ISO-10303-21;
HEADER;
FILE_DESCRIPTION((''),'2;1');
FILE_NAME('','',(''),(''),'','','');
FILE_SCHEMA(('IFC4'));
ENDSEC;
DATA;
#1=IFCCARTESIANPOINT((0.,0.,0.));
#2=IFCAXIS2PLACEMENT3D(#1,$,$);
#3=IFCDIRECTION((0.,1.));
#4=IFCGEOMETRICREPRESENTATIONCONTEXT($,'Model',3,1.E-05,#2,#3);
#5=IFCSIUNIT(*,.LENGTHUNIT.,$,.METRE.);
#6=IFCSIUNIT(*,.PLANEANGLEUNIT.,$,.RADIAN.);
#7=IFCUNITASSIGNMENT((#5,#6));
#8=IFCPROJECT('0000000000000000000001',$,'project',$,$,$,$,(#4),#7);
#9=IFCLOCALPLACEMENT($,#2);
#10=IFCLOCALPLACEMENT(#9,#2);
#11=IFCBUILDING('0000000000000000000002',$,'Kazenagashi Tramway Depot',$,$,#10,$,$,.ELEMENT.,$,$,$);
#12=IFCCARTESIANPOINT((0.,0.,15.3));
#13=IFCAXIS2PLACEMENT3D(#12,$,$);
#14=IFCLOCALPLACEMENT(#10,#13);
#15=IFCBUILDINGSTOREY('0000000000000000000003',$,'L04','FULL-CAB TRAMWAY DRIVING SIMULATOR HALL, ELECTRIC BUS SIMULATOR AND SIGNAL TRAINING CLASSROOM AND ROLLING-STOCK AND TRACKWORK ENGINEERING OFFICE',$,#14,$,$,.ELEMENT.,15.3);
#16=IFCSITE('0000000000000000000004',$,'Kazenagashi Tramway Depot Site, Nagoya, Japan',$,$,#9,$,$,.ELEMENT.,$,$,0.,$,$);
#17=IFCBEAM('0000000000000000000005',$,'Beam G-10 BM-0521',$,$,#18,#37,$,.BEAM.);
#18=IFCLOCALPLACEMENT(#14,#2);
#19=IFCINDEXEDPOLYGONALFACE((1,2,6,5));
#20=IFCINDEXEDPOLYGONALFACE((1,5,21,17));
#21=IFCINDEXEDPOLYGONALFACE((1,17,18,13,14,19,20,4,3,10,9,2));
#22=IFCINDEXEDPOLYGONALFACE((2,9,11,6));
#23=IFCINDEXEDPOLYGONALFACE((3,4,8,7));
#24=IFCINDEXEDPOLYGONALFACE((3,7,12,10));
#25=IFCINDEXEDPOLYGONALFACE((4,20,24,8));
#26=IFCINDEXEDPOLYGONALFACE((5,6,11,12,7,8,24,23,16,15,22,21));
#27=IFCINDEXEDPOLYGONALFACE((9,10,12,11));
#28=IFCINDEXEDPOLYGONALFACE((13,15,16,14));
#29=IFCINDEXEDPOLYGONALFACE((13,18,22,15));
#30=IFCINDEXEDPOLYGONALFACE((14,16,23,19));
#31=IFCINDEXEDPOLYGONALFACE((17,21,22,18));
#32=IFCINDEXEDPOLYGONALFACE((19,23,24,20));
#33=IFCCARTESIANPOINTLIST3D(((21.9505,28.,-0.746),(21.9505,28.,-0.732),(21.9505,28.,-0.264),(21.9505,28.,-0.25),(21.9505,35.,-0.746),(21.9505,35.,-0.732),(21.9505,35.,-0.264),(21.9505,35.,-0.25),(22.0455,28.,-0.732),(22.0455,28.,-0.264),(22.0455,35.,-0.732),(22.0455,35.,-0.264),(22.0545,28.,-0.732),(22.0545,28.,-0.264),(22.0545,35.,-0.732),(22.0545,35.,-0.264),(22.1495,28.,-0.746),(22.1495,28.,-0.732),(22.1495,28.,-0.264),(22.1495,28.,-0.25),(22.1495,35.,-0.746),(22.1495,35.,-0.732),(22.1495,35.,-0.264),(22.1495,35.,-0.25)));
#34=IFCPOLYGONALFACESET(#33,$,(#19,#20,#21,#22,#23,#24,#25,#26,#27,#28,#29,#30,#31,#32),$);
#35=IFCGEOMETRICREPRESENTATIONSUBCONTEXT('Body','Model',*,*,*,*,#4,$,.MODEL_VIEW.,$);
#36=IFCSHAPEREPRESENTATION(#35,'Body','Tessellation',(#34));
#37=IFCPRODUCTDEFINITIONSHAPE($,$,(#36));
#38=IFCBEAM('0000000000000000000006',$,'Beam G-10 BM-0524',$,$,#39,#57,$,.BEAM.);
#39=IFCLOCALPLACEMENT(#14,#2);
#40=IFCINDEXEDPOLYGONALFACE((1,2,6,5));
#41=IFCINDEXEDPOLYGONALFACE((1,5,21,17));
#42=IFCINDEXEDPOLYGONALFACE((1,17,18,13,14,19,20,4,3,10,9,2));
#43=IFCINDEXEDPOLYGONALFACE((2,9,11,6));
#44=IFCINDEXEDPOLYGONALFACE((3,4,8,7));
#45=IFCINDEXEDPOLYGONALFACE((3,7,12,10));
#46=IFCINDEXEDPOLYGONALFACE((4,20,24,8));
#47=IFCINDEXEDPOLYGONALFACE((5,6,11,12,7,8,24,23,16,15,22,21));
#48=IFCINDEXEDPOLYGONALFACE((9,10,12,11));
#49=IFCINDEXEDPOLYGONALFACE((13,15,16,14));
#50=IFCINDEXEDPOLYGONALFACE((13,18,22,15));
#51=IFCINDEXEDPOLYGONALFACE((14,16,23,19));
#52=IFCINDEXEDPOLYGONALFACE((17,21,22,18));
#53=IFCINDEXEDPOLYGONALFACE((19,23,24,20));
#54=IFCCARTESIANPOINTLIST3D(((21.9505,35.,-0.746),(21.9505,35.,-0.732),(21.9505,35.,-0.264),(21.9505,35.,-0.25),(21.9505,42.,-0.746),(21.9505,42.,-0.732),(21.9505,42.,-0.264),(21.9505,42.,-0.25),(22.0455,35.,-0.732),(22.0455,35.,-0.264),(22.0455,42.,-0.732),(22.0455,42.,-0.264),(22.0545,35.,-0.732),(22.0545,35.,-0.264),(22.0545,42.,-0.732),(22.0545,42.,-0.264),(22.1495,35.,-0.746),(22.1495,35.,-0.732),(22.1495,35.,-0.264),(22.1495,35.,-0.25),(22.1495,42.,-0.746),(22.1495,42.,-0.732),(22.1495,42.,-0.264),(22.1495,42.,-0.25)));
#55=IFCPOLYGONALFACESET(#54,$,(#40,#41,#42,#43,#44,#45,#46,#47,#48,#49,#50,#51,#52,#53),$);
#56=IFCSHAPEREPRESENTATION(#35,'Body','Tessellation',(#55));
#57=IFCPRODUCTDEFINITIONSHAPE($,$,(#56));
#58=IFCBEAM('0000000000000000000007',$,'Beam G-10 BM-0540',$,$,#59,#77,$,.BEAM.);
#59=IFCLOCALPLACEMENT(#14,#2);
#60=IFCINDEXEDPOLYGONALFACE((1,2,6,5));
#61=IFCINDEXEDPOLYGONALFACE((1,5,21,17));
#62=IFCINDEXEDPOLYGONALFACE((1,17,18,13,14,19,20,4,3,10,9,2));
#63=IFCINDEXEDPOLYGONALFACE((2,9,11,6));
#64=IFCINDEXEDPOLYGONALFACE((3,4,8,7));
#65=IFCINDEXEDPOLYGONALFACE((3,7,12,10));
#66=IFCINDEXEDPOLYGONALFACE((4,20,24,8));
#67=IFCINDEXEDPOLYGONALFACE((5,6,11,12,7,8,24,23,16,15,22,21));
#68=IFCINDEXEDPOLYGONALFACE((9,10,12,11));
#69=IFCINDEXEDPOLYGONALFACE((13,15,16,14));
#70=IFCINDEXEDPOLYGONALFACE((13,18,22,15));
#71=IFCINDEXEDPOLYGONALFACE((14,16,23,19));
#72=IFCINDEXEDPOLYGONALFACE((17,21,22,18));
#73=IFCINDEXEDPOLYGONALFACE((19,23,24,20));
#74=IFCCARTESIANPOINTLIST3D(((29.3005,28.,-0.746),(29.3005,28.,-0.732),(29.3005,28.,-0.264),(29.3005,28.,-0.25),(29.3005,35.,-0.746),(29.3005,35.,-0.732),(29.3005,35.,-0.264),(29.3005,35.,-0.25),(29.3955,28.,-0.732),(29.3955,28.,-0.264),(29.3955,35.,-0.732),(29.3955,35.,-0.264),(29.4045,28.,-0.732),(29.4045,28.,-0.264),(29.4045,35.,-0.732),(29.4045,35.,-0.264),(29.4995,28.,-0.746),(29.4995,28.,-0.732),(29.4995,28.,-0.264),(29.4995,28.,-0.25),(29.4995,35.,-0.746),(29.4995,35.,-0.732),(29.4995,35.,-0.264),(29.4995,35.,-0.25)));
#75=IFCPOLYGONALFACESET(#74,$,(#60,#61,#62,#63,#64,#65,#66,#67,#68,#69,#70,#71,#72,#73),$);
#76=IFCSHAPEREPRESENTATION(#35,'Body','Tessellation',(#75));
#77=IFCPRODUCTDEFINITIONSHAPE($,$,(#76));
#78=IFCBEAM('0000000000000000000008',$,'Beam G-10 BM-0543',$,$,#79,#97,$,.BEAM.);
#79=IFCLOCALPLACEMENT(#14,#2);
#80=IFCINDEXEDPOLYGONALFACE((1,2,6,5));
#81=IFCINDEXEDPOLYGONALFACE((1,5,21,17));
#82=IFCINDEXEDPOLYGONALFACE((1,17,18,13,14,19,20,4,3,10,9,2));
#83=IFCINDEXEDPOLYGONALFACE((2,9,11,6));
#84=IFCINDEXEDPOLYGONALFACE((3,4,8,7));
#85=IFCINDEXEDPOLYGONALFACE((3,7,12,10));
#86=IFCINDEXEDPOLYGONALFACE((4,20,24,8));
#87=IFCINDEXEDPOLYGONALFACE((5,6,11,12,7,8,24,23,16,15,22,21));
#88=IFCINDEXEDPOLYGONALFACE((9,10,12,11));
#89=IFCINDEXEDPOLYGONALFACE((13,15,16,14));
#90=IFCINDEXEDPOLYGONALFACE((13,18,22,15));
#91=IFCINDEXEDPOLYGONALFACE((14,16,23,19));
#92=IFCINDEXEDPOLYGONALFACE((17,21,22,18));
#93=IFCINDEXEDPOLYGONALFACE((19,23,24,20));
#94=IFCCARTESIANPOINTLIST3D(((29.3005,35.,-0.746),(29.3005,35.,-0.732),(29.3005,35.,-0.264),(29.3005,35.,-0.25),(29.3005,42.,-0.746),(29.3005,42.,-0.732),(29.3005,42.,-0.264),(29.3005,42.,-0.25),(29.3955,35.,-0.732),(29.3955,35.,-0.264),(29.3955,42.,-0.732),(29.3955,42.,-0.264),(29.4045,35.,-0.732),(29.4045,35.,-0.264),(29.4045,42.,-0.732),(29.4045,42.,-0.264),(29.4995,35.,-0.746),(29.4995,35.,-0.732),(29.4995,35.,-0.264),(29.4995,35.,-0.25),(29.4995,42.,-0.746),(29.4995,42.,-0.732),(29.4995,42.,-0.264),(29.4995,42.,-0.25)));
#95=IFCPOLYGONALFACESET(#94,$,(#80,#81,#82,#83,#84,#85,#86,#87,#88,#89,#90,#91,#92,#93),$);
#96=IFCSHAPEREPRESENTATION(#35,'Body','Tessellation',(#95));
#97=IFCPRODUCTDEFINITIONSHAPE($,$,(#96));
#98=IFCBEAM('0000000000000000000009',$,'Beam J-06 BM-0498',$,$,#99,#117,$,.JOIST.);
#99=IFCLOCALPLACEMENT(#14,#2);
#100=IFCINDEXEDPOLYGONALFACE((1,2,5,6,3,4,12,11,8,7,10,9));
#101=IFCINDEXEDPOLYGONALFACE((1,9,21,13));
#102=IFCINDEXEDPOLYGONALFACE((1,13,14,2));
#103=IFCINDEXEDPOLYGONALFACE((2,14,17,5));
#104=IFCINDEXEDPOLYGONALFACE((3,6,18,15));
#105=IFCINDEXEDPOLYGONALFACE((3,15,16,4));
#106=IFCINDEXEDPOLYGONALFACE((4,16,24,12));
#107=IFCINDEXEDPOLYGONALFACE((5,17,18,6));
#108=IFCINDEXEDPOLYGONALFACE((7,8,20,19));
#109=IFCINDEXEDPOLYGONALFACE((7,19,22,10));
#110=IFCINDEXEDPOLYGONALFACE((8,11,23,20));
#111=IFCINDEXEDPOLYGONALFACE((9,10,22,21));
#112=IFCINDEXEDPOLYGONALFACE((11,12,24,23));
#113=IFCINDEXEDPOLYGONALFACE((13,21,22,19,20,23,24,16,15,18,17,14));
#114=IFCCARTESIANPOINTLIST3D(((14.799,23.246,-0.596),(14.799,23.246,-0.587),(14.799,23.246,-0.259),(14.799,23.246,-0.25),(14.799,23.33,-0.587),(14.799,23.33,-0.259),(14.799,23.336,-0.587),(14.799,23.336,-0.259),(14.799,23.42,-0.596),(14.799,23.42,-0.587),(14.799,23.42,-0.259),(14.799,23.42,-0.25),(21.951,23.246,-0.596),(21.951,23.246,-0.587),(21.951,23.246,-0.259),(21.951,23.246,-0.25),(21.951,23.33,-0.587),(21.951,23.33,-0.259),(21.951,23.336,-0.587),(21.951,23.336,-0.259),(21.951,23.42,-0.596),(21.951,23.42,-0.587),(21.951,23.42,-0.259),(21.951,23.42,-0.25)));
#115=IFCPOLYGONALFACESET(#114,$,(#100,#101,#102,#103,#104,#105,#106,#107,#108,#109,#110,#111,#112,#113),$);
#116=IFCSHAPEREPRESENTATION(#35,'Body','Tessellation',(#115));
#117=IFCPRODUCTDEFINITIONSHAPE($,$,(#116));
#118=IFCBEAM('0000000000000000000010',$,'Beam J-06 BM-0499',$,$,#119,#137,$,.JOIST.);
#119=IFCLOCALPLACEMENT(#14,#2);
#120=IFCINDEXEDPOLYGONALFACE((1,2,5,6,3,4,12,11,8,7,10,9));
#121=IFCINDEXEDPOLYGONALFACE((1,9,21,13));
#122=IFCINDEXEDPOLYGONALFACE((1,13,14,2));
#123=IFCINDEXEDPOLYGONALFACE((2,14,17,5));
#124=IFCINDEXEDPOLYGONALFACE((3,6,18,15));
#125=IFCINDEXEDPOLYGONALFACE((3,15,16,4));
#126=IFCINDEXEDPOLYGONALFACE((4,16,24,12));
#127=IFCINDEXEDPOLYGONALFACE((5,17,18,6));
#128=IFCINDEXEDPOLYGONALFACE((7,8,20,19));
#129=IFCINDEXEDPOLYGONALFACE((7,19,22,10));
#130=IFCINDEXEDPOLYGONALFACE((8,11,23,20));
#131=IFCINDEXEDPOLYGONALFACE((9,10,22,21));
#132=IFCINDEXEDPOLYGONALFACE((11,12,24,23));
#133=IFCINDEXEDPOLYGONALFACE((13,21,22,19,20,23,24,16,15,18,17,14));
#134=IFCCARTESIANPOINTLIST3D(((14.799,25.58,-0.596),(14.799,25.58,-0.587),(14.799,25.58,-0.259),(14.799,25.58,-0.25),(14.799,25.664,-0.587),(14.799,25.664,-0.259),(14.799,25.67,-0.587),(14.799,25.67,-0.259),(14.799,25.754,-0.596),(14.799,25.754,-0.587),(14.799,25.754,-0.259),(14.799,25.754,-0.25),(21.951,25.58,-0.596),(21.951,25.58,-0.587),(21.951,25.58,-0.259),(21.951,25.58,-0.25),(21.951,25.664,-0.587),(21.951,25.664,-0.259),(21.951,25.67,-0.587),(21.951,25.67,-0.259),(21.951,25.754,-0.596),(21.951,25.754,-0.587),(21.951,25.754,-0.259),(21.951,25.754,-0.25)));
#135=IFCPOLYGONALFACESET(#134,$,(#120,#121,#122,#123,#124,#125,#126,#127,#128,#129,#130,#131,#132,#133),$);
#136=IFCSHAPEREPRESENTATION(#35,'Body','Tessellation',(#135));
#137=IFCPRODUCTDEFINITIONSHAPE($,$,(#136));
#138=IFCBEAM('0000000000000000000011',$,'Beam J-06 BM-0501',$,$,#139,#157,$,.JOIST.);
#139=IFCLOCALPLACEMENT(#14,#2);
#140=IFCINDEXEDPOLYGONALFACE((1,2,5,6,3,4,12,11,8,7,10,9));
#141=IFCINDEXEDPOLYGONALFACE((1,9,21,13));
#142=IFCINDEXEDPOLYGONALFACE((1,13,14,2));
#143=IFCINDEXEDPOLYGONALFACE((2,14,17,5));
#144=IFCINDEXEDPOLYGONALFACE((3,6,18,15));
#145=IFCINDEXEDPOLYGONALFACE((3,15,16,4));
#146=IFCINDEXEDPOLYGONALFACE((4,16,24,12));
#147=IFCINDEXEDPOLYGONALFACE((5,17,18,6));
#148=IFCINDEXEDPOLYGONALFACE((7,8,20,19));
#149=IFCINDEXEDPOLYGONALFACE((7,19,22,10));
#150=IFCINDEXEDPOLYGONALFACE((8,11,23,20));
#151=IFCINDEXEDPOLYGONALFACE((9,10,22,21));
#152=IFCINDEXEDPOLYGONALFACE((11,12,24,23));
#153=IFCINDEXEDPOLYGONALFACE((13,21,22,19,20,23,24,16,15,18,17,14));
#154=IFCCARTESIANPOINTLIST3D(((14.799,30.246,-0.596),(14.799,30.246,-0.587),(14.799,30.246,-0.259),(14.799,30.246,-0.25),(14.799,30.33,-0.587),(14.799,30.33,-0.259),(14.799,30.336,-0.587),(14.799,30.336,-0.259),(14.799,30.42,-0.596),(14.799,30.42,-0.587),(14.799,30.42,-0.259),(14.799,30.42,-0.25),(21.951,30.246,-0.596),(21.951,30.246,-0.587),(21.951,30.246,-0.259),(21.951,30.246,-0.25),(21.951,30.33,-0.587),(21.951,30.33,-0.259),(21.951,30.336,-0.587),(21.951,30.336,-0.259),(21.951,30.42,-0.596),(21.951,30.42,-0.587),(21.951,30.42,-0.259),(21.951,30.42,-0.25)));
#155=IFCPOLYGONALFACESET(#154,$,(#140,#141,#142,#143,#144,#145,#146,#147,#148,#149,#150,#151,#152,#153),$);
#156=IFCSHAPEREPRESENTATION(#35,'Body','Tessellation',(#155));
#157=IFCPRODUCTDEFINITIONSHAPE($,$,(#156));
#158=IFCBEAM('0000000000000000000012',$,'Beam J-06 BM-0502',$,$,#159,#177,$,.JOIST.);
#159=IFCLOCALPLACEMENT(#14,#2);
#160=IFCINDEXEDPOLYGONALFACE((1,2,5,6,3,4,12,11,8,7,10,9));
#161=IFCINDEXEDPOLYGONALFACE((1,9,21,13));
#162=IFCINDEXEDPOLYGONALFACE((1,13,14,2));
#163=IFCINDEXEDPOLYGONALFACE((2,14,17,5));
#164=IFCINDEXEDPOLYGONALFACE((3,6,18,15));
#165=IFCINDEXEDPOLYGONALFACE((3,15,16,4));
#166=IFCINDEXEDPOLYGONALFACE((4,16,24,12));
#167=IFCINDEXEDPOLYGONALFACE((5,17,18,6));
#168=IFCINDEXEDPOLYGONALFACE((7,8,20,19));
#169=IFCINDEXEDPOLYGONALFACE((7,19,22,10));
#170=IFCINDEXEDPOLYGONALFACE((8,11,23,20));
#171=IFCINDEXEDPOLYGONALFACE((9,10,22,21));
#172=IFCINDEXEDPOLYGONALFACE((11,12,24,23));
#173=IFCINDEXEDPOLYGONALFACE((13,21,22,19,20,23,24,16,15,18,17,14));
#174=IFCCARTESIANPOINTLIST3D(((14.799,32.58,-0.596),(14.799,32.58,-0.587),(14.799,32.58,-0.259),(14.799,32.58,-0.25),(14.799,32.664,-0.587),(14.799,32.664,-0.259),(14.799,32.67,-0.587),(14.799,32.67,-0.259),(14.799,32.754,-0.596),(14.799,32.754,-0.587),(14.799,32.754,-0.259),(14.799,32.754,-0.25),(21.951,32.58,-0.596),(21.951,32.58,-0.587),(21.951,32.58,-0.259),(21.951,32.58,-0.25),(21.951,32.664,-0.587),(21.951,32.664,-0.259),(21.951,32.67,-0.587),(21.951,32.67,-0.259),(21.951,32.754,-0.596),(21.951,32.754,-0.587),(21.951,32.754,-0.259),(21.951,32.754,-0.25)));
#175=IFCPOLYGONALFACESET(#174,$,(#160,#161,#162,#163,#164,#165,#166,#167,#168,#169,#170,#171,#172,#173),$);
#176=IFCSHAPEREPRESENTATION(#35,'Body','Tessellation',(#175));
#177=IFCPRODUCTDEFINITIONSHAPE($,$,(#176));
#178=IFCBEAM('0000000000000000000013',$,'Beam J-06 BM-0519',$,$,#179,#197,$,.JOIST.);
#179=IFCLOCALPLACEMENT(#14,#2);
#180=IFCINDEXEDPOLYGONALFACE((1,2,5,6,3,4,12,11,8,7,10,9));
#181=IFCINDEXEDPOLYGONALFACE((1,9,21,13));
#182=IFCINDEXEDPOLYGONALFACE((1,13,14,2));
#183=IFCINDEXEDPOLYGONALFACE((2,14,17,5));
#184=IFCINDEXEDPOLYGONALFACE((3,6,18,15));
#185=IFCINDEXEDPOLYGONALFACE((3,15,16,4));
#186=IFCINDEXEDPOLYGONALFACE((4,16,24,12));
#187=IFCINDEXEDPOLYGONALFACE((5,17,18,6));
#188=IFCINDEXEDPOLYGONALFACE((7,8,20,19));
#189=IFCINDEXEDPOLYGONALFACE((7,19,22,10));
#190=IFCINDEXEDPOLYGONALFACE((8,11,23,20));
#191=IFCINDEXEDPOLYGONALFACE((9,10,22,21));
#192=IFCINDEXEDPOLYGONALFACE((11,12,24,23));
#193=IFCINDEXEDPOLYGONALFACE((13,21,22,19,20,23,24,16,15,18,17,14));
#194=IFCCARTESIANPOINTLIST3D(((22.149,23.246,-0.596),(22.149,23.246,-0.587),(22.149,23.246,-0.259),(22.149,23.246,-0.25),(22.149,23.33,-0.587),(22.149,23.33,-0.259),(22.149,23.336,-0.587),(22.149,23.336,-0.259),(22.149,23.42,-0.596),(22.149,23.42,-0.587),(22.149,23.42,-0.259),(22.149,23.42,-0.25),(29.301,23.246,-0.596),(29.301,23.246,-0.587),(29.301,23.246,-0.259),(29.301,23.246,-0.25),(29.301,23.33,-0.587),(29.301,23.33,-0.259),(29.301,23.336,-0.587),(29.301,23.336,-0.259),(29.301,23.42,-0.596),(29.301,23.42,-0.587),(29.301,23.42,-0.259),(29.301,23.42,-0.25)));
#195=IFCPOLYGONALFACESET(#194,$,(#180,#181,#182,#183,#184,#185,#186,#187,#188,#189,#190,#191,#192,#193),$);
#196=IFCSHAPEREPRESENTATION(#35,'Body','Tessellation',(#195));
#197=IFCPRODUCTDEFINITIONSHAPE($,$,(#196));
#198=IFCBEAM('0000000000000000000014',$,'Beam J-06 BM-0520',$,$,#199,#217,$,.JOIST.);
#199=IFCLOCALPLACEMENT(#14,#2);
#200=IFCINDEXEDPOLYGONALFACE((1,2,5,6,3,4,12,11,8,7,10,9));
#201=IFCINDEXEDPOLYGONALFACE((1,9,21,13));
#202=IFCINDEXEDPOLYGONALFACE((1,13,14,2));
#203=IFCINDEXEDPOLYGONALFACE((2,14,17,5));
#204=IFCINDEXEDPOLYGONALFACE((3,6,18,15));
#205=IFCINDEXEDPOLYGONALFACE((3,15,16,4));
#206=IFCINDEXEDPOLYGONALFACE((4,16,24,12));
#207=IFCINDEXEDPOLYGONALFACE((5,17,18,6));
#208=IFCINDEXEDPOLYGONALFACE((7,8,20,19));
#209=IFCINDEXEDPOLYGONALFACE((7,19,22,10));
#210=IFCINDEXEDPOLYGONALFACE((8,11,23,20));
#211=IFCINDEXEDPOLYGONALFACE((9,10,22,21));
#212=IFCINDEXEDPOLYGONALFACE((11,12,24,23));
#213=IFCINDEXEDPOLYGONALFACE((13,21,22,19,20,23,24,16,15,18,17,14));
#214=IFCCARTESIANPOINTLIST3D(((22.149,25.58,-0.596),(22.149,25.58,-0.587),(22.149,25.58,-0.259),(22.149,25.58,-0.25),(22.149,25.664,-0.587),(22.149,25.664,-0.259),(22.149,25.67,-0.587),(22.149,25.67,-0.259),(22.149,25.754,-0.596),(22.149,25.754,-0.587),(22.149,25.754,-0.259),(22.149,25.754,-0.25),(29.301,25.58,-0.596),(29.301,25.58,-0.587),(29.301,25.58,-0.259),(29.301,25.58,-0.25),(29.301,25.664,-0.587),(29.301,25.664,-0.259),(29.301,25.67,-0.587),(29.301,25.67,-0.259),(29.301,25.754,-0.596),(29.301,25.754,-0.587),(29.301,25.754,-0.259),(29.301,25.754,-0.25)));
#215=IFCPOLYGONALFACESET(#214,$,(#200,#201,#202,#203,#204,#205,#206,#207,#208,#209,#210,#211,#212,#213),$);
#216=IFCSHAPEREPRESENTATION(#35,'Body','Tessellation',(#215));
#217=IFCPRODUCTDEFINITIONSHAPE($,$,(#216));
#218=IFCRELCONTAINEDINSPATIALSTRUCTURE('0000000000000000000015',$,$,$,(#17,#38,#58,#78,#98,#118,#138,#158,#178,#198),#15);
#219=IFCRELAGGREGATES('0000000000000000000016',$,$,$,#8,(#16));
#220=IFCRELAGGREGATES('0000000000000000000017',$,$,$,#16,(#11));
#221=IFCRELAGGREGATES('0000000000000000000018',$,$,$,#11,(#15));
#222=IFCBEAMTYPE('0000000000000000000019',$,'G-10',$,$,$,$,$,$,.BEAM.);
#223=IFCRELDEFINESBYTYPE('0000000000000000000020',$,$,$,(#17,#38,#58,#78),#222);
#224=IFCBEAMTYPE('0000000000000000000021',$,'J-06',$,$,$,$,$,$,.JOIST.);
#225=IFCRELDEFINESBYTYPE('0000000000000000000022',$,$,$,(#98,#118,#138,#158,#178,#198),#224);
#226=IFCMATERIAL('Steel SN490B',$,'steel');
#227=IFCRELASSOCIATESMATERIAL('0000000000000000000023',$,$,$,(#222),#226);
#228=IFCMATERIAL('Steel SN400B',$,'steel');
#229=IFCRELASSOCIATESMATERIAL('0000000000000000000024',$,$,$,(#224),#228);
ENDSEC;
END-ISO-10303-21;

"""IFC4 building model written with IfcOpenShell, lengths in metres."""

from ifc_helpers import new_model, si_unit, direction, frame, origin, origin_2d, place, context, subcontext, project, spatial, i_section, extrude, material, material_profile, profile_set, type_object, element, save


model = new_model("IFC4")

# Units and contexts
model_context = context("Model", 3, precision=1e-05, world=origin(), true_north=direction((0.0, 1.0)))
body_context = subcontext(model_context, "Body", "Model", "MODEL_VIEW")
ifc_project = project(units=[si_unit("LENGTHUNIT", "METRE"), si_unit("PLANEANGLEUNIT", "RADIAN")], contexts=[model_context])

# Site, building, storey
site_placement = place(None, origin())
site = spatial("IfcSite", under=ifc_project, at=site_placement, Name="Kazenagashi Tramway Depot Site, Nagoya, Japan", CompositionType="ELEMENT", RefElevation=0.0)
building_placement = place(site_placement, origin())
building = spatial("IfcBuilding", under=site, at=building_placement, Name="Kazenagashi Tramway Depot", CompositionType="ELEMENT")
storey_placement = place(building_placement, frame((0.0, 0.0, 15.3)))
storey = spatial("IfcBuildingStorey", under=building, at=storey_placement, Name="L04", Description="FULL-CAB TRAMWAY DRIVING SIMULATOR HALL, ELECTRIC BUS SIMULATOR AND SIGNAL TRAINING CLASSROOM AND ROLLING-STOCK AND TRACKWORK ENGINEERING OFFICE", CompositionType="ELEMENT", Elevation=15.3)

# Shared definitions
ifc_material_1 = material(Name="Steel SN490B", Category="steel")

# Beams
ifc_material_profile_1 = material_profile(ifc_material_1, i_section(OverallWidth=0.199, OverallDepth=0.496, WebThickness=0.009, FlangeThickness=0.014, at=origin_2d()), Name="H-496x199x9x14")
ifc_profile_set_1 = profile_set([ifc_material_profile_1], Name="Steel SN490B")
beam_type_1 = type_object("IfcBeamType", Name="G-10", PredefinedType="BEAM", material=ifc_profile_set_1)
for number, where, z_axis, x_axis, name in (
    (1, (22.05, 28.0, -0.498), (0.0, 1.0, 0.0), (-1.0, 0.0, 0.0), "Beam G-10 BM-0521"),
    (2, (22.05, 35.0, -0.498), (0.0, 1.0, 0.0), (-1.0, 0.0, 0.0), "Beam G-10 BM-0524"),
    (3, (29.4, 28.0, -0.498), (0.0, 1.0, 0.0), (-1.0, 0.0, 0.0), "Beam G-10 BM-0540"),
    (4, (29.4, 35.0, -0.498), (0.0, 1.0, 0.0), (-1.0, 0.0, 0.0), "Beam G-10 BM-0543"),
):
    element("IfcBeam", number, at=place(storey_placement, frame(where, z_axis=z_axis, x_axis=x_axis)), inside=storey, type_object=beam_type_1, Name=name, PredefinedType="BEAM", context=body_context, shape_type="SweptSolid", body=[
        extrude(i_section(OverallWidth=0.199, OverallDepth=0.496, WebThickness=0.009, FlangeThickness=0.014, at=origin_2d()), origin(), (0.0, 0.0, 1.0), 7.0),
    ])
ifc_material_2 = material(Name="Steel SN400B", Category="steel")
ifc_material_profile_2 = material_profile(ifc_material_2, i_section(OverallWidth=0.174, OverallDepth=0.346, WebThickness=0.006, FlangeThickness=0.009, at=origin_2d()), Name="H-346x174x6x9")
ifc_profile_set_2 = profile_set([ifc_material_profile_2], Name="Steel SN400B")
beam_type_2 = type_object("IfcBeamType", Name="J-06", PredefinedType="JOIST", material=ifc_profile_set_2)
for number, where, z_axis, x_axis, name in (
    (5, (14.799, 23.333, -0.423), (1.0, 0.0, 0.0), (0.0, 1.0, 0.0), "Beam J-06 BM-0498"),
    (6, (14.799, 25.667, -0.423), (1.0, 0.0, 0.0), (0.0, 1.0, 0.0), "Beam J-06 BM-0499"),
    (7, (14.799, 30.333, -0.423), (1.0, 0.0, 0.0), (0.0, 1.0, 0.0), "Beam J-06 BM-0501"),
    (8, (14.799, 32.667, -0.423), (1.0, 0.0, 0.0), (0.0, 1.0, 0.0), "Beam J-06 BM-0502"),
    (9, (22.149, 23.333, -0.423), (1.0, 0.0, 0.0), (0.0, 1.0, 0.0), "Beam J-06 BM-0519"),
    (10, (22.149, 25.667, -0.423), (1.0, 0.0, 0.0), (0.0, 1.0, 0.0), "Beam J-06 BM-0520"),
):
    element("IfcBeam", number, at=place(storey_placement, frame(where, z_axis=z_axis, x_axis=x_axis)), inside=storey, type_object=beam_type_2, Name=name, PredefinedType="JOIST", context=body_context, shape_type="SweptSolid", body=[
        extrude(i_section(OverallWidth=0.174, OverallDepth=0.346, WebThickness=0.006, FlangeThickness=0.009, at=origin_2d()), origin(), (0.0, 0.0, 1.0), 7.152),
    ])

save(model, "model.ifc")
